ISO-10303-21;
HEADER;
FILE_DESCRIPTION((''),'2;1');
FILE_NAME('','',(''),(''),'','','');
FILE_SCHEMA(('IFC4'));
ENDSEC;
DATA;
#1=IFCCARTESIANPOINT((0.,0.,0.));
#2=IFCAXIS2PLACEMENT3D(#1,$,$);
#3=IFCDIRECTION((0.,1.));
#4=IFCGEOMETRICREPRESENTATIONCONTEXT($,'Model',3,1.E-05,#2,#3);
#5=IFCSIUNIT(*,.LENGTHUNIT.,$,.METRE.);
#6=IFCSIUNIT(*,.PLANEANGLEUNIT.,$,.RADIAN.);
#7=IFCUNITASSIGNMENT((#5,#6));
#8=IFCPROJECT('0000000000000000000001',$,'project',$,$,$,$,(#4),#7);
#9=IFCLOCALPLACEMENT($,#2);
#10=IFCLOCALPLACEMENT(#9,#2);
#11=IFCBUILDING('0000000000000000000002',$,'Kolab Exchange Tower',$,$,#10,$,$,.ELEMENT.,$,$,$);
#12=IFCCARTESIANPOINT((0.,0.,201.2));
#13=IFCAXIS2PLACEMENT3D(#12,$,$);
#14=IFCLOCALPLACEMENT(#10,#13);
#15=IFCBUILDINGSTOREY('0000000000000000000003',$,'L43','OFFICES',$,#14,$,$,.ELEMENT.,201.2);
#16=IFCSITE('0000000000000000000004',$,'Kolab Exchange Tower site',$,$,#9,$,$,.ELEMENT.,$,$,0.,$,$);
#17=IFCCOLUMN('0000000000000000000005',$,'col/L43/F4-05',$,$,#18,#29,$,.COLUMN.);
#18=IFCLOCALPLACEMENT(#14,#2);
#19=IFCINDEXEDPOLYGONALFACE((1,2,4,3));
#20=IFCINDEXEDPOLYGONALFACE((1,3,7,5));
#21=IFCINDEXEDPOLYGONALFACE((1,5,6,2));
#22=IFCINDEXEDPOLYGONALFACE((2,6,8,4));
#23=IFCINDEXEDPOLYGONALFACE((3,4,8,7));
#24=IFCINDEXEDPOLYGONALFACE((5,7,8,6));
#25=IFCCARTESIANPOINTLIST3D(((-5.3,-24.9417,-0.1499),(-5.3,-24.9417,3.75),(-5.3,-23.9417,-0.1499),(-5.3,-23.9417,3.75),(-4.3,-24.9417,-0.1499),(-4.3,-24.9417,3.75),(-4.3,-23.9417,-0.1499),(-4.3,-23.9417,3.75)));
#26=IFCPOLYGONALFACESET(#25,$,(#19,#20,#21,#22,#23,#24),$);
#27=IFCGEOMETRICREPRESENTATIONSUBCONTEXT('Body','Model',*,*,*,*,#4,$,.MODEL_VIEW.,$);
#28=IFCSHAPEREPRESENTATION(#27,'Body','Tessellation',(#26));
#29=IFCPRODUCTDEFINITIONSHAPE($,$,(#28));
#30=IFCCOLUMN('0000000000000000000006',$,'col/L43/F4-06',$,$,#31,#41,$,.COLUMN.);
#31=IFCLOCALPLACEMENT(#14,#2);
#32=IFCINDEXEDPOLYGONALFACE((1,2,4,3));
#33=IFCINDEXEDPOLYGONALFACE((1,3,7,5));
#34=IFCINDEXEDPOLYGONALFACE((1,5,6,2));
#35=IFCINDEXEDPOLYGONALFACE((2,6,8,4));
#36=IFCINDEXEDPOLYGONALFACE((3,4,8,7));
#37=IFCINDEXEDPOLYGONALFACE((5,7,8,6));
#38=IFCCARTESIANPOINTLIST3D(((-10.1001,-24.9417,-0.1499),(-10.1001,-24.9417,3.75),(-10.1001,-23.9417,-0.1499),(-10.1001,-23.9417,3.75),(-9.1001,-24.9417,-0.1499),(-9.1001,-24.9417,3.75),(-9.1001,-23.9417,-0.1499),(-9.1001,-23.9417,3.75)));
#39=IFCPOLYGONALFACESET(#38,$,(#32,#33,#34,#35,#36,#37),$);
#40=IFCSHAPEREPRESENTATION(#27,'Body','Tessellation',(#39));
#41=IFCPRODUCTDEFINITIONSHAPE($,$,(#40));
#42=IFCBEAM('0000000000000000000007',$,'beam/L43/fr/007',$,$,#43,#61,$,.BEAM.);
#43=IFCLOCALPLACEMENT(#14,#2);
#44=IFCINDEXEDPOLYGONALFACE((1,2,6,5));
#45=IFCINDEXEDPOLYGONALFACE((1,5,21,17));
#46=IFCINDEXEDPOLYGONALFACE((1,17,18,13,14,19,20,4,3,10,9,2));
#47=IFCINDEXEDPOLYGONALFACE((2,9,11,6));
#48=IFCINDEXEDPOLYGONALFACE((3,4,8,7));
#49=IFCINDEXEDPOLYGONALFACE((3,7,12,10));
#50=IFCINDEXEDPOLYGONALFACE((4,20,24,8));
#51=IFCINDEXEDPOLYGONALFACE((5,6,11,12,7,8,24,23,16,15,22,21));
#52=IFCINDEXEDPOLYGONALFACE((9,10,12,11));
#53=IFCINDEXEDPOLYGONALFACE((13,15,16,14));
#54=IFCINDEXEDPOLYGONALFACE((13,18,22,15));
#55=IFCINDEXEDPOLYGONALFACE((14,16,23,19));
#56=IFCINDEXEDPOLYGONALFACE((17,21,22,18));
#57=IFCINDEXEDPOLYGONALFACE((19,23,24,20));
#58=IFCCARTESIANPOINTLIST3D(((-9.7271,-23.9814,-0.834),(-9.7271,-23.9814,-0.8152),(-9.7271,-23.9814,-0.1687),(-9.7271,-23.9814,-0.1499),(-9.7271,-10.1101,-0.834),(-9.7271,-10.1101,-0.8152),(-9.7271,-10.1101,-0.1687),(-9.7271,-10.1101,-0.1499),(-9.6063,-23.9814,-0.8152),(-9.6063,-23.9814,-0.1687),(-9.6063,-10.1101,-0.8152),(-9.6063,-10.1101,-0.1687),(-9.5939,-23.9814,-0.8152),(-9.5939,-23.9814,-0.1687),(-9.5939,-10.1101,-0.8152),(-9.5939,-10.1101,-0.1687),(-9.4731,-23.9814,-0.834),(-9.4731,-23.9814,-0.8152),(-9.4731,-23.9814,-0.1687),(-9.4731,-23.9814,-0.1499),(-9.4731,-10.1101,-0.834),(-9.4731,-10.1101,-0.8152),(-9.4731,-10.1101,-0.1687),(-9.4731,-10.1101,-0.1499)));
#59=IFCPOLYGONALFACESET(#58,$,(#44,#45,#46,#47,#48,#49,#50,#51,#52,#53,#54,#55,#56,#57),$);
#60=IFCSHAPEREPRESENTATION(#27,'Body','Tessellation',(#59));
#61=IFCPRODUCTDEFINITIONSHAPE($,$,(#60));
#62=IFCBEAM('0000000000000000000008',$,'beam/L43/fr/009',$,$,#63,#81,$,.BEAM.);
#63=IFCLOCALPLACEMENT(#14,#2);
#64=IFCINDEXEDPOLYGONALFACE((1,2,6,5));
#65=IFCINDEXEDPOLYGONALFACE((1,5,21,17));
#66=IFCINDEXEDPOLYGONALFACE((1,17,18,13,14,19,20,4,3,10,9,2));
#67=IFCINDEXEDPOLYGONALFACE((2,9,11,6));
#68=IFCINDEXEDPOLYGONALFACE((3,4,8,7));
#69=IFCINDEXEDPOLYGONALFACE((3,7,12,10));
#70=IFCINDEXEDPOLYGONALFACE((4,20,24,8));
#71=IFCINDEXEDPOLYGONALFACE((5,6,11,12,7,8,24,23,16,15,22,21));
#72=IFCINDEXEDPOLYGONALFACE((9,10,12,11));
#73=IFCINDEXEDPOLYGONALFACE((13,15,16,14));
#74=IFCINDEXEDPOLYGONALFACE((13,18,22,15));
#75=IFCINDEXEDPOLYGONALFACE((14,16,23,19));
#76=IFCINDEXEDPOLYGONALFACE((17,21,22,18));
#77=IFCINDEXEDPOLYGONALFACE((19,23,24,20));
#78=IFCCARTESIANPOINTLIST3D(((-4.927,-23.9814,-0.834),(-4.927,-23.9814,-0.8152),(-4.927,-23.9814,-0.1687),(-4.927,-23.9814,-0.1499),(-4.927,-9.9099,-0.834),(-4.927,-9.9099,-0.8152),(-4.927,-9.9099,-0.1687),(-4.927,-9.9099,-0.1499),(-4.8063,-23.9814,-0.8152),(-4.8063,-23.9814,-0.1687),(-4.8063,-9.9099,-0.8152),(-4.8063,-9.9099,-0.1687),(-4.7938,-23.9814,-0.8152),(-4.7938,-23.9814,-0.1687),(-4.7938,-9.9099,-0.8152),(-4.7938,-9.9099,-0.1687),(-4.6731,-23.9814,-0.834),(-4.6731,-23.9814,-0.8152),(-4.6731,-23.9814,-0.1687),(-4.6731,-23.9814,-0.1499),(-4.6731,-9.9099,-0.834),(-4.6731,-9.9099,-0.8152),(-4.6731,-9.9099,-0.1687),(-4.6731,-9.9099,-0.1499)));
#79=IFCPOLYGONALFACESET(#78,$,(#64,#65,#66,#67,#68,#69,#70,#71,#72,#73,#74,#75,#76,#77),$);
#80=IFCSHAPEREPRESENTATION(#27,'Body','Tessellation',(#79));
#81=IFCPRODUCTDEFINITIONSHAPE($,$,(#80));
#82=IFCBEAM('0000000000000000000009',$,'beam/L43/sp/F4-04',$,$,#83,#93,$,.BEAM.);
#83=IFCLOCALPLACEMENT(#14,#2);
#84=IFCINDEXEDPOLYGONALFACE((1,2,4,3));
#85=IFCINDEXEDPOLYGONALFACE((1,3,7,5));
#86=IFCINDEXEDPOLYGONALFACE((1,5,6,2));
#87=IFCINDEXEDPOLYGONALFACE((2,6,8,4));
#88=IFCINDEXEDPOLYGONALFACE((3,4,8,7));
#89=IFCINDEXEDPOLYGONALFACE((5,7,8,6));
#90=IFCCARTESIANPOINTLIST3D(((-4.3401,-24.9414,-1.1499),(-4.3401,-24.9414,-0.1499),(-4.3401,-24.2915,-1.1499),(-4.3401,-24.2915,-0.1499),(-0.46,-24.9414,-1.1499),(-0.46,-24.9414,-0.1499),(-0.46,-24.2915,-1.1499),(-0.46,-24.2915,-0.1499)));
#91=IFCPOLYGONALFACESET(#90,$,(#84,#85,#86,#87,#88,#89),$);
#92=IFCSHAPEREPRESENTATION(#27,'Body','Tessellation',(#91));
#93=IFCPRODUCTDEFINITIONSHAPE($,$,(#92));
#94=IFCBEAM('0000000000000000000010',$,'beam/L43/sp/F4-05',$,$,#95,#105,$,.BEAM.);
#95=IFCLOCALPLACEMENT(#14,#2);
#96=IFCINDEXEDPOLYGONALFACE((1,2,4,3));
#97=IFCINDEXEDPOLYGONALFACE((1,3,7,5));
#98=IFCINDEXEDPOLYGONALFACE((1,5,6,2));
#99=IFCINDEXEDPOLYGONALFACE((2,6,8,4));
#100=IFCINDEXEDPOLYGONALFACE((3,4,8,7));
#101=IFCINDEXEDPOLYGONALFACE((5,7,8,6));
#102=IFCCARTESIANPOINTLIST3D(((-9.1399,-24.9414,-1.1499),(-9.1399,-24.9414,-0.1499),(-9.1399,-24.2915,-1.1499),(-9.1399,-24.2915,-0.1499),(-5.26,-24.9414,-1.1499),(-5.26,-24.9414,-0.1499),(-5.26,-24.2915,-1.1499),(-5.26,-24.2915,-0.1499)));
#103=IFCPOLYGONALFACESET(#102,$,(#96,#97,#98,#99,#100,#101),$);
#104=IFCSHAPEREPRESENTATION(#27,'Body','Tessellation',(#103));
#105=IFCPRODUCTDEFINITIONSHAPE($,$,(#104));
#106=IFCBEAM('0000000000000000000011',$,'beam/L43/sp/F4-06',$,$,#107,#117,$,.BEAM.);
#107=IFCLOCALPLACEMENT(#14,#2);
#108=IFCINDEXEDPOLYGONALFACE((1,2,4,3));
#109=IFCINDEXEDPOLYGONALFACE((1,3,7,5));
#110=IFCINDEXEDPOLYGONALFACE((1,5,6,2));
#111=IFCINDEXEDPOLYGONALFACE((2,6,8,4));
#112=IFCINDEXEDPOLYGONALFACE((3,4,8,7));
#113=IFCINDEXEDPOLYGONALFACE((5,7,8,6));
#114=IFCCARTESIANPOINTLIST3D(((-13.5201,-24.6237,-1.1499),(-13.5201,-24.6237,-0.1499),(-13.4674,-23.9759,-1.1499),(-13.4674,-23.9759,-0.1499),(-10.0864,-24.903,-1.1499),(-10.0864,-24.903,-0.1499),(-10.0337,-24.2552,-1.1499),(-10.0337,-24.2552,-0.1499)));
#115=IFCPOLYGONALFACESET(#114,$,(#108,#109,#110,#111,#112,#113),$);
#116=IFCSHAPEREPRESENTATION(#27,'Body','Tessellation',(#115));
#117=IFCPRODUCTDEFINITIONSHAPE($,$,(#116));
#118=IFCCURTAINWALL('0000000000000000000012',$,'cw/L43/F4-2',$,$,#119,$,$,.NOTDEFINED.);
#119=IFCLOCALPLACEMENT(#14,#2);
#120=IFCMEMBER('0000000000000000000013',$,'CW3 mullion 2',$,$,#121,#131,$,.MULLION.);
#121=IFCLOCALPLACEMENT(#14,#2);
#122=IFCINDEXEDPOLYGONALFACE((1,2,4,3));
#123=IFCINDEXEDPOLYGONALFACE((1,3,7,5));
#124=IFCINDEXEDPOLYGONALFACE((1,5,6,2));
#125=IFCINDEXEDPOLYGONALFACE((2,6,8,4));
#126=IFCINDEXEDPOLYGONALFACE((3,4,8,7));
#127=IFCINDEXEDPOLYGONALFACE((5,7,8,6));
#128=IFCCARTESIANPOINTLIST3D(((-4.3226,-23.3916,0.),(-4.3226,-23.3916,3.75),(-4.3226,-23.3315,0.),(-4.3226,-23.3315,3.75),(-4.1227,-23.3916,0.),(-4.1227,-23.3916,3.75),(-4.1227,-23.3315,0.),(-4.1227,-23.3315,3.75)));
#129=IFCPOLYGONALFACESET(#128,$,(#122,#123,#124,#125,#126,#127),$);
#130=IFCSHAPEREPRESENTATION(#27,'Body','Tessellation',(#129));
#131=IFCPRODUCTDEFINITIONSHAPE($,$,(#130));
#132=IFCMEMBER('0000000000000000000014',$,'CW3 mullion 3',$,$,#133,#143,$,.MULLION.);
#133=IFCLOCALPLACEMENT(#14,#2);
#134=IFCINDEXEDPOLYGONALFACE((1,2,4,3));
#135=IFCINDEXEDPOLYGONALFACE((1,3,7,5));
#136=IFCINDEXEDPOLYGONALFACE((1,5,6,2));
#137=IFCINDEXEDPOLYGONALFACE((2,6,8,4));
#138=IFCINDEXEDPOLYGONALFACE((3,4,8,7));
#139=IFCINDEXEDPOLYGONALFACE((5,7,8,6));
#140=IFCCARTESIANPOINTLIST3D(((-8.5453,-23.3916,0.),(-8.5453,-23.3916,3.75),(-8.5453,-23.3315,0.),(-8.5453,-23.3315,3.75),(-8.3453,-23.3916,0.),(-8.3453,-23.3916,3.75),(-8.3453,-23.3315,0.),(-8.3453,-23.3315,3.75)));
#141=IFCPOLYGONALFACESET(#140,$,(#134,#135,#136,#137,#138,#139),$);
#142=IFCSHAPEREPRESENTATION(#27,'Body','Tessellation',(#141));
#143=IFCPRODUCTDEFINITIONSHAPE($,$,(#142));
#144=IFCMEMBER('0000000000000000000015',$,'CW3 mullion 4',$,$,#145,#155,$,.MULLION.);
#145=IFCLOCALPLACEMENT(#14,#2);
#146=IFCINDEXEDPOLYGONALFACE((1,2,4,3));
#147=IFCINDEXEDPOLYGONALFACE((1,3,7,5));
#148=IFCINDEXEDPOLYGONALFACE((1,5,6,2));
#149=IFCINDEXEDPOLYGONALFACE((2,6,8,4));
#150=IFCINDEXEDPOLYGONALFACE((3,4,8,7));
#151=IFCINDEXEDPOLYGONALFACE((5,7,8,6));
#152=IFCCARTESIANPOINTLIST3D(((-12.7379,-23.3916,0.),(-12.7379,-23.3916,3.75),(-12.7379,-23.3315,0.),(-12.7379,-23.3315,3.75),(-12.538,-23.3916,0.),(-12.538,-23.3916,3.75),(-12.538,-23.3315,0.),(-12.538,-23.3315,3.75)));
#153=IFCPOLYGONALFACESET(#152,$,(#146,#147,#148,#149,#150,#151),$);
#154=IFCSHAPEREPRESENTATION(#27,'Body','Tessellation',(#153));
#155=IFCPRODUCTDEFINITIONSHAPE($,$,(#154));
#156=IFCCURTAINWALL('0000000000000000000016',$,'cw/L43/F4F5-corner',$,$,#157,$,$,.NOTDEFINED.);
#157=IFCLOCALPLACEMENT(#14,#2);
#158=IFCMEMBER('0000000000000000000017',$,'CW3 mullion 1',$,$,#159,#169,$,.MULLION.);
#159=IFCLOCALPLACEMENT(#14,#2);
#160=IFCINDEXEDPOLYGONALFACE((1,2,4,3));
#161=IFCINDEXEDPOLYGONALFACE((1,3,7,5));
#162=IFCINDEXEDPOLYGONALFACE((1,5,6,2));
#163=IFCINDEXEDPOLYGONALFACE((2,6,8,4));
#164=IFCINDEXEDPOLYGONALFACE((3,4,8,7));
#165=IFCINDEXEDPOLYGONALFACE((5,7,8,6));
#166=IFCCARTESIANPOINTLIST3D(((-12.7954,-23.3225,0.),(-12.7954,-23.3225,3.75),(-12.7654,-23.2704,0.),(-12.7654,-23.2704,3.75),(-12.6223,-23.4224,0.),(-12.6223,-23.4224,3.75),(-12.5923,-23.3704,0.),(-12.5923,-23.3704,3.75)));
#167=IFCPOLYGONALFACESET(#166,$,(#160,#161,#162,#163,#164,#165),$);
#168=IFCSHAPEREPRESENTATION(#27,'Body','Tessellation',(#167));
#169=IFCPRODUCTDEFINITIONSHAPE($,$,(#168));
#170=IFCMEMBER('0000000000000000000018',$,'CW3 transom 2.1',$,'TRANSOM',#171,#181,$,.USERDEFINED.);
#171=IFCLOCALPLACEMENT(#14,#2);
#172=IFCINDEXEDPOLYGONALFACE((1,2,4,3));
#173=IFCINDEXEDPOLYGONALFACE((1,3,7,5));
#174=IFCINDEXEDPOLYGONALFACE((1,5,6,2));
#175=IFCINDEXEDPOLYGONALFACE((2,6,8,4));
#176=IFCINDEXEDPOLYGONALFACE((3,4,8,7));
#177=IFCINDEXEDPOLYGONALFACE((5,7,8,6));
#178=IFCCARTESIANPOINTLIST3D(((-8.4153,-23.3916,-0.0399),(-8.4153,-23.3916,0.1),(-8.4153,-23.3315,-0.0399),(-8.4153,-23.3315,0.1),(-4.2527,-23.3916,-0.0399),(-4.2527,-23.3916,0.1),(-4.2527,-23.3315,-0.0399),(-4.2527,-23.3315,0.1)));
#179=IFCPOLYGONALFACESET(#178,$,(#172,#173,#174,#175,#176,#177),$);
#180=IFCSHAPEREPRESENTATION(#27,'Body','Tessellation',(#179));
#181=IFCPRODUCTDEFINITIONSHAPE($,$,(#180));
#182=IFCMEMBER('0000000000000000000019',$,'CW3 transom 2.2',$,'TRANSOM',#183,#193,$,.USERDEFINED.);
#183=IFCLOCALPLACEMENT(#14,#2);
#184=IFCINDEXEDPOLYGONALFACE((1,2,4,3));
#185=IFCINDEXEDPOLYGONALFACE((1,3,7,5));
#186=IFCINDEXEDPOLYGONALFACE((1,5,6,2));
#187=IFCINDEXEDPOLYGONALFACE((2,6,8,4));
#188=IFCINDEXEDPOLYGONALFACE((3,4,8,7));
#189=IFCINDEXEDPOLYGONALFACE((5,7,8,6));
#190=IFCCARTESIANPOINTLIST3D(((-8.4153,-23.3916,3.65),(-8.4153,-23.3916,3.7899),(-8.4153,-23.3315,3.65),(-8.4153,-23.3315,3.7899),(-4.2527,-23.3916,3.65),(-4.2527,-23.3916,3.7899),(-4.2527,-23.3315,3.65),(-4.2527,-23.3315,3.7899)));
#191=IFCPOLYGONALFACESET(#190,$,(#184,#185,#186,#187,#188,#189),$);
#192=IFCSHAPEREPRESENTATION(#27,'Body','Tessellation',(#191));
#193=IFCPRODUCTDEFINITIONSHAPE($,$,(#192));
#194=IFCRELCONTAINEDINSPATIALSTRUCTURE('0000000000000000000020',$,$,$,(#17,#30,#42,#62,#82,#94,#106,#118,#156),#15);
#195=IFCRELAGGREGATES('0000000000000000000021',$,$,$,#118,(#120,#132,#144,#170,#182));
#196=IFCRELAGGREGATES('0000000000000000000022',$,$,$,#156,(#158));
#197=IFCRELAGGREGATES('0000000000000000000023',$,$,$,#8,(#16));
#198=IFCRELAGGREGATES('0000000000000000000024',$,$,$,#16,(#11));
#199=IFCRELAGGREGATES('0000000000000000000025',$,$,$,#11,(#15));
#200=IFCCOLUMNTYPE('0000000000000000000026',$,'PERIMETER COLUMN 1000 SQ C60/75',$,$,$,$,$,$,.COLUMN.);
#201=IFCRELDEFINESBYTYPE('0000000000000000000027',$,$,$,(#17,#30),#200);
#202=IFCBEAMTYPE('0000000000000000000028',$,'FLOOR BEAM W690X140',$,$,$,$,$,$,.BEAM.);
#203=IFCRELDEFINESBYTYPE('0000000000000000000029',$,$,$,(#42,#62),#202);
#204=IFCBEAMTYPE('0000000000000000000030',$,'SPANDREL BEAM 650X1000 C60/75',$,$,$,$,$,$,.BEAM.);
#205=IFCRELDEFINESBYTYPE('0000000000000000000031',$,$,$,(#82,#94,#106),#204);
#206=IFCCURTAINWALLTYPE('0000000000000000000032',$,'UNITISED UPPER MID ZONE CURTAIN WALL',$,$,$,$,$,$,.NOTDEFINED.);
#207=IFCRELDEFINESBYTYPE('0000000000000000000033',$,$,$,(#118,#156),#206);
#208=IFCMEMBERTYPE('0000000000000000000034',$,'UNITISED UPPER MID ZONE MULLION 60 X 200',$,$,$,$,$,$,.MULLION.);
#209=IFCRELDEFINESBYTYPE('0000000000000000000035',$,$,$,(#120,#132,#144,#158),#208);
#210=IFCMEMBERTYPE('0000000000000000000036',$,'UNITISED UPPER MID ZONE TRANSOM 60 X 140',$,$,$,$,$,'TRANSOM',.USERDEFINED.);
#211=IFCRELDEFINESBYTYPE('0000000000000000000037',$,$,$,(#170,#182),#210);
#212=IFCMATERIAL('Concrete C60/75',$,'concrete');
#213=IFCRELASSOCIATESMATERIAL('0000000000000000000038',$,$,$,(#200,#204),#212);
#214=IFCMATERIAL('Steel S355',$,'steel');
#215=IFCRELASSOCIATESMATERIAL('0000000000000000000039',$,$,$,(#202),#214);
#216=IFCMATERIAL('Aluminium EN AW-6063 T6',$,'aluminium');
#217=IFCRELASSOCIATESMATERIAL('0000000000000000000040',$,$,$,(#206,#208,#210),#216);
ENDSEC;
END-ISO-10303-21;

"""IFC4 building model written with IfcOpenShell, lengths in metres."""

from ifc_helpers import new_model, si_unit, direction, frame, origin, origin_2d, place, context, subcontext, project, spatial, rectangle, i_section, extrude, material, material_profile, profile_set, type_object, element, aggregate, save


model = new_model("IFC4")

# Units and contexts
model_context = context("Model", 3, precision=1e-05, world=origin(), true_north=direction((0.0, 1.0)))
body_context = subcontext(model_context, "Body", "Model", "MODEL_VIEW")
ifc_project = project(units=[si_unit("LENGTHUNIT", "METRE"), si_unit("PLANEANGLEUNIT", "RADIAN")], contexts=[model_context])

# Site, building, storey
site_placement = place(None, origin())
site = spatial("IfcSite", under=ifc_project, at=site_placement, Name="Kolab Exchange Tower site", CompositionType="ELEMENT", RefElevation=0.0)
building_placement = place(site_placement, origin())
building = spatial("IfcBuilding", under=site, at=building_placement, Name="Kolab Exchange Tower", CompositionType="ELEMENT")
storey_placement = place(building_placement, frame((0.0, 0.0, 201.2)))
storey = spatial("IfcBuildingStorey", under=building, at=storey_placement, Name="L43", Description="OFFICES", CompositionType="ELEMENT", Elevation=201.2)

# Columns
ifc_material_1 = material(Name="Concrete C60/75", Category="concrete")
ifc_material_profile_1 = material_profile(ifc_material_1, rectangle(XDim=1.0, YDim=1.0, at=origin_2d()), Name="RC1000")
ifc_profile_set_1 = profile_set([ifc_material_profile_1], Name="Concrete C60/75")
column_type = type_object("IfcColumnType", Name="PERIMETER COLUMN 1000 SQ C60/75", PredefinedType="COLUMN", material=ifc_profile_set_1)
for number, where, z_axis, x_axis, name in (
    (1, (-4.8, -24.4417, -0.1499), (0.0, 0.0, 1.0), (1.0, 0.0, 0.0), "col/L43/F4-05"),
    (2, (-9.6001, -24.4417, -0.1499), (0.0, 0.0, 1.0), (1.0, 0.0, 0.0), "col/L43/F4-06"),
):
    element("IfcColumn", number, at=place(storey_placement, frame(where, z_axis=z_axis, x_axis=x_axis)), inside=storey, type_object=column_type, Name=name, PredefinedType="COLUMN", context=body_context, shape_type="SweptSolid", body=[
        extrude(rectangle(XDim=1.0, YDim=1.0, at=origin_2d()), origin(), (0.0, 0.0, 1.0), 3.8999),
    ])

# Beams
ifc_material_2 = material(Name="Steel S355", Category="steel")
ifc_material_profile_2 = material_profile(ifc_material_2, i_section(OverallWidth=0.2539, OverallDepth=0.6841, WebThickness=0.0125, FlangeThickness=0.0188, at=origin_2d()), Name="W690X140")
ifc_profile_set_2 = profile_set([ifc_material_profile_2], Name="Steel S355")
beam_type_1 = type_object("IfcBeamType", Name="FLOOR BEAM W690X140", PredefinedType="BEAM", material=ifc_profile_set_2)
beam_1_placement = place(storey_placement, frame((-9.6001, -23.9814, -0.4919), z_axis=(0.0, 1.0, 0.0), x_axis=(-1.0, 0.0, 0.0)))
element("IfcBeam", 3, at=beam_1_placement, inside=storey, type_object=beam_type_1, Name="beam/L43/fr/007", PredefinedType="BEAM", context=body_context, shape_type="SweptSolid", body=[
    extrude(i_section(OverallWidth=0.2539, OverallDepth=0.6841, WebThickness=0.0125, FlangeThickness=0.0188, at=origin_2d()), origin(), (0.0, 0.0, 1.0), 13.8713),
])
beam_2_placement = place(storey_placement, frame((-4.8, -23.9814, -0.4919), z_axis=(0.0, 1.0, 0.0), x_axis=(-1.0, 0.0, 0.0)))
element("IfcBeam", 4, at=beam_2_placement, inside=storey, type_object=beam_type_1, Name="beam/L43/fr/009", PredefinedType="BEAM", context=body_context, shape_type="SweptSolid", body=[
    extrude(i_section(OverallWidth=0.2539, OverallDepth=0.6841, WebThickness=0.0125, FlangeThickness=0.0188, at=origin_2d()), origin(), (0.0, 0.0, 1.0), 14.0715),
])
ifc_material_profile_3 = material_profile(ifc_material_1, rectangle(XDim=0.6499, YDim=1.0, at=origin_2d()), Name="RC650X1000")
ifc_profile_set_3 = profile_set([ifc_material_profile_3], Name="Concrete C60/75")
beam_type_2 = type_object("IfcBeamType", Name="SPANDREL BEAM 650X1000 C60/75", PredefinedType="BEAM", material=ifc_profile_set_3)
beam_3_placement = place(storey_placement, frame((-0.46, -24.6165, -0.6499), z_axis=(-1.0, 0.0, 0.0), x_axis=(0.0, -1.0, 0.0)))
element("IfcBeam", 5, at=beam_3_placement, inside=storey, type_object=beam_type_2, Name="beam/L43/sp/F4-04", PredefinedType="BEAM", context=body_context, shape_type="SweptSolid", body=[
    extrude(rectangle(XDim=0.6499, YDim=1.0, at=origin_2d()), origin(), (0.0, 0.0, 1.0), 3.8801),
])
beam_4_placement = place(storey_placement, frame((-5.26, -24.6165, -0.6499), z_axis=(-1.0, 0.0, 0.0), x_axis=(0.0, -1.0, 0.0)))
element("IfcBeam", 6, at=beam_4_placement, inside=storey, type_object=beam_type_2, Name="beam/L43/sp/F4-05", PredefinedType="BEAM", context=body_context, shape_type="SweptSolid", body=[
    extrude(rectangle(XDim=0.6499, YDim=1.0, at=origin_2d()), origin(), (0.0, 0.0, 1.0), 3.8799),
])
beam_5_placement = place(storey_placement, frame((-10.0601, -24.5791, -0.6499), z_axis=(-0.996708, 0.081069, 0.0), x_axis=(-0.081069, -0.996708, 0.0)))
element("IfcBeam", 7, at=beam_5_placement, inside=storey, type_object=beam_type_2, Name="beam/L43/sp/F4-06", PredefinedType="BEAM", context=body_context, shape_type="SweptSolid", body=[
    extrude(rectangle(XDim=0.6499, YDim=1.0, at=origin_2d()), origin(), (0.0, 0.0, 1.0), 3.4451),
])

# Curtain wall, members
ifc_material_3 = material(Name="Aluminium EN AW-6063 T6", Category="aluminium")
curtain_wall_type = type_object("IfcCurtainWallType", Name="UNITISED UPPER MID ZONE CURTAIN WALL", PredefinedType="NOTDEFINED", material=ifc_material_3)
curtain_wall_1_placement = place(storey_placement, origin())
curtain_wall_1 = element("IfcCurtainWall", 8, at=curtain_wall_1_placement, inside=storey, type_object=curtain_wall_type, Name="cw/L43/F4-2", PredefinedType="NOTDEFINED")
ifc_material_profile_4 = material_profile(ifc_material_3, rectangle(XDim=0.0601, YDim=0.2, at=origin_2d()), Name="RECT 60X200")
ifc_profile_set_4 = profile_set([ifc_material_profile_4], Name="Aluminium EN AW-6063 T6")
member_type_1 = type_object("IfcMemberType", Name="UNITISED UPPER MID ZONE MULLION 60 X 200", PredefinedType="MULLION", material=ifc_profile_set_4)
member_1_placement = place(storey_placement, frame((-4.2227, -23.3616, 0.0), z_axis=(0.0, 0.0, 1.0), x_axis=(0.0, -1.0, 0.0)))
member_1 = element("IfcMember", 9, at=member_1_placement, type_object=member_type_1, Name="CW3 mullion 2", PredefinedType="MULLION", context=body_context, shape_type="SweptSolid", body=[
    extrude(rectangle(XDim=0.0601, YDim=0.2, at=origin_2d()), origin(), (0.0, 0.0, 1.0), 3.75),
])
member_2_placement = place(storey_placement, frame((-8.4453, -23.3616, 0.0), z_axis=(0.0, 0.0, 1.0), x_axis=(0.0, -1.0, 0.0)))
member_2 = element("IfcMember", 10, at=member_2_placement, type_object=member_type_1, Name="CW3 mullion 3", PredefinedType="MULLION", context=body_context, shape_type="SweptSolid", body=[
    extrude(rectangle(XDim=0.0601, YDim=0.2, at=origin_2d()), origin(), (0.0, 0.0, 1.0), 3.75),
])
member_3_placement = place(storey_placement, frame((-12.6379, -23.3616, 0.0), z_axis=(0.0, 0.0, 1.0), x_axis=(0.0, -1.0, 0.0)))
member_3 = element("IfcMember", 11, at=member_3_placement, type_object=member_type_1, Name="CW3 mullion 4", PredefinedType="MULLION", context=body_context, shape_type="SweptSolid", body=[
    extrude(rectangle(XDim=0.0601, YDim=0.2, at=origin_2d()), origin(), (0.0, 0.0, 1.0), 3.75),
])

# Curtain wall, member
curtain_wall_2_placement = place(storey_placement, origin())
curtain_wall_2 = element("IfcCurtainWall", 12, at=curtain_wall_2_placement, inside=storey, type_object=curtain_wall_type, Name="cw/L43/F4F5-corner", PredefinedType="NOTDEFINED")
member_4_placement = place(storey_placement, frame((-12.6938, -23.3464, 0.0), z_axis=(0.0, 0.0, 1.0), x_axis=(-0.5, -0.866025, 0.0)))
member_4 = element("IfcMember", 13, at=member_4_placement, type_object=member_type_1, Name="CW3 mullion 1", PredefinedType="MULLION", context=body_context, shape_type="SweptSolid", body=[
    extrude(rectangle(XDim=0.0601, YDim=0.2, at=origin_2d()), origin(), (0.0, 0.0, 1.0), 3.75),
])

# Members
ifc_material_profile_5 = material_profile(ifc_material_3, rectangle(XDim=0.0601, YDim=0.1399, at=origin_2d()), Name="RECT 60X140")
ifc_profile_set_5 = profile_set([ifc_material_profile_5], Name="Aluminium EN AW-6063 T6")
member_type_2 = type_object("IfcMemberType", Name="UNITISED UPPER MID ZONE TRANSOM 60 X 140", ElementType="TRANSOM", PredefinedType="USERDEFINED", material=ifc_profile_set_5)
member_5_placement = place(storey_placement, frame((-4.2527, -23.3616, 0.03), z_axis=(-1.0, 0.0, 0.0), x_axis=(0.0, -1.0, 0.0)))
member_5 = element("IfcMember", 14, at=member_5_placement, type_object=member_type_2, Name="CW3 transom 2.1", ObjectType="TRANSOM", PredefinedType="USERDEFINED", context=body_context, shape_type="SweptSolid", body=[
    extrude(rectangle(XDim=0.0601, YDim=0.1399, at=origin_2d()), origin(), (0.0, 0.0, 1.0), 4.1626),
])
member_6_placement = place(storey_placement, frame((-4.2527, -23.3616, 3.72), z_axis=(-1.0, 0.0, 0.0), x_axis=(0.0, -1.0, 0.0)))
member_6 = element("IfcMember", 15, at=member_6_placement, type_object=member_type_2, Name="CW3 transom 2.2", ObjectType="TRANSOM", PredefinedType="USERDEFINED", context=body_context, shape_type="SweptSolid", body=[
    extrude(rectangle(XDim=0.0601, YDim=0.1399, at=origin_2d()), origin(), (0.0, 0.0, 1.0), 4.1626),
])

aggregate(curtain_wall_1, [member_1, member_2, member_3, member_5, member_6])
aggregate(curtain_wall_2, [member_4])

save(model, "model.ifc")
